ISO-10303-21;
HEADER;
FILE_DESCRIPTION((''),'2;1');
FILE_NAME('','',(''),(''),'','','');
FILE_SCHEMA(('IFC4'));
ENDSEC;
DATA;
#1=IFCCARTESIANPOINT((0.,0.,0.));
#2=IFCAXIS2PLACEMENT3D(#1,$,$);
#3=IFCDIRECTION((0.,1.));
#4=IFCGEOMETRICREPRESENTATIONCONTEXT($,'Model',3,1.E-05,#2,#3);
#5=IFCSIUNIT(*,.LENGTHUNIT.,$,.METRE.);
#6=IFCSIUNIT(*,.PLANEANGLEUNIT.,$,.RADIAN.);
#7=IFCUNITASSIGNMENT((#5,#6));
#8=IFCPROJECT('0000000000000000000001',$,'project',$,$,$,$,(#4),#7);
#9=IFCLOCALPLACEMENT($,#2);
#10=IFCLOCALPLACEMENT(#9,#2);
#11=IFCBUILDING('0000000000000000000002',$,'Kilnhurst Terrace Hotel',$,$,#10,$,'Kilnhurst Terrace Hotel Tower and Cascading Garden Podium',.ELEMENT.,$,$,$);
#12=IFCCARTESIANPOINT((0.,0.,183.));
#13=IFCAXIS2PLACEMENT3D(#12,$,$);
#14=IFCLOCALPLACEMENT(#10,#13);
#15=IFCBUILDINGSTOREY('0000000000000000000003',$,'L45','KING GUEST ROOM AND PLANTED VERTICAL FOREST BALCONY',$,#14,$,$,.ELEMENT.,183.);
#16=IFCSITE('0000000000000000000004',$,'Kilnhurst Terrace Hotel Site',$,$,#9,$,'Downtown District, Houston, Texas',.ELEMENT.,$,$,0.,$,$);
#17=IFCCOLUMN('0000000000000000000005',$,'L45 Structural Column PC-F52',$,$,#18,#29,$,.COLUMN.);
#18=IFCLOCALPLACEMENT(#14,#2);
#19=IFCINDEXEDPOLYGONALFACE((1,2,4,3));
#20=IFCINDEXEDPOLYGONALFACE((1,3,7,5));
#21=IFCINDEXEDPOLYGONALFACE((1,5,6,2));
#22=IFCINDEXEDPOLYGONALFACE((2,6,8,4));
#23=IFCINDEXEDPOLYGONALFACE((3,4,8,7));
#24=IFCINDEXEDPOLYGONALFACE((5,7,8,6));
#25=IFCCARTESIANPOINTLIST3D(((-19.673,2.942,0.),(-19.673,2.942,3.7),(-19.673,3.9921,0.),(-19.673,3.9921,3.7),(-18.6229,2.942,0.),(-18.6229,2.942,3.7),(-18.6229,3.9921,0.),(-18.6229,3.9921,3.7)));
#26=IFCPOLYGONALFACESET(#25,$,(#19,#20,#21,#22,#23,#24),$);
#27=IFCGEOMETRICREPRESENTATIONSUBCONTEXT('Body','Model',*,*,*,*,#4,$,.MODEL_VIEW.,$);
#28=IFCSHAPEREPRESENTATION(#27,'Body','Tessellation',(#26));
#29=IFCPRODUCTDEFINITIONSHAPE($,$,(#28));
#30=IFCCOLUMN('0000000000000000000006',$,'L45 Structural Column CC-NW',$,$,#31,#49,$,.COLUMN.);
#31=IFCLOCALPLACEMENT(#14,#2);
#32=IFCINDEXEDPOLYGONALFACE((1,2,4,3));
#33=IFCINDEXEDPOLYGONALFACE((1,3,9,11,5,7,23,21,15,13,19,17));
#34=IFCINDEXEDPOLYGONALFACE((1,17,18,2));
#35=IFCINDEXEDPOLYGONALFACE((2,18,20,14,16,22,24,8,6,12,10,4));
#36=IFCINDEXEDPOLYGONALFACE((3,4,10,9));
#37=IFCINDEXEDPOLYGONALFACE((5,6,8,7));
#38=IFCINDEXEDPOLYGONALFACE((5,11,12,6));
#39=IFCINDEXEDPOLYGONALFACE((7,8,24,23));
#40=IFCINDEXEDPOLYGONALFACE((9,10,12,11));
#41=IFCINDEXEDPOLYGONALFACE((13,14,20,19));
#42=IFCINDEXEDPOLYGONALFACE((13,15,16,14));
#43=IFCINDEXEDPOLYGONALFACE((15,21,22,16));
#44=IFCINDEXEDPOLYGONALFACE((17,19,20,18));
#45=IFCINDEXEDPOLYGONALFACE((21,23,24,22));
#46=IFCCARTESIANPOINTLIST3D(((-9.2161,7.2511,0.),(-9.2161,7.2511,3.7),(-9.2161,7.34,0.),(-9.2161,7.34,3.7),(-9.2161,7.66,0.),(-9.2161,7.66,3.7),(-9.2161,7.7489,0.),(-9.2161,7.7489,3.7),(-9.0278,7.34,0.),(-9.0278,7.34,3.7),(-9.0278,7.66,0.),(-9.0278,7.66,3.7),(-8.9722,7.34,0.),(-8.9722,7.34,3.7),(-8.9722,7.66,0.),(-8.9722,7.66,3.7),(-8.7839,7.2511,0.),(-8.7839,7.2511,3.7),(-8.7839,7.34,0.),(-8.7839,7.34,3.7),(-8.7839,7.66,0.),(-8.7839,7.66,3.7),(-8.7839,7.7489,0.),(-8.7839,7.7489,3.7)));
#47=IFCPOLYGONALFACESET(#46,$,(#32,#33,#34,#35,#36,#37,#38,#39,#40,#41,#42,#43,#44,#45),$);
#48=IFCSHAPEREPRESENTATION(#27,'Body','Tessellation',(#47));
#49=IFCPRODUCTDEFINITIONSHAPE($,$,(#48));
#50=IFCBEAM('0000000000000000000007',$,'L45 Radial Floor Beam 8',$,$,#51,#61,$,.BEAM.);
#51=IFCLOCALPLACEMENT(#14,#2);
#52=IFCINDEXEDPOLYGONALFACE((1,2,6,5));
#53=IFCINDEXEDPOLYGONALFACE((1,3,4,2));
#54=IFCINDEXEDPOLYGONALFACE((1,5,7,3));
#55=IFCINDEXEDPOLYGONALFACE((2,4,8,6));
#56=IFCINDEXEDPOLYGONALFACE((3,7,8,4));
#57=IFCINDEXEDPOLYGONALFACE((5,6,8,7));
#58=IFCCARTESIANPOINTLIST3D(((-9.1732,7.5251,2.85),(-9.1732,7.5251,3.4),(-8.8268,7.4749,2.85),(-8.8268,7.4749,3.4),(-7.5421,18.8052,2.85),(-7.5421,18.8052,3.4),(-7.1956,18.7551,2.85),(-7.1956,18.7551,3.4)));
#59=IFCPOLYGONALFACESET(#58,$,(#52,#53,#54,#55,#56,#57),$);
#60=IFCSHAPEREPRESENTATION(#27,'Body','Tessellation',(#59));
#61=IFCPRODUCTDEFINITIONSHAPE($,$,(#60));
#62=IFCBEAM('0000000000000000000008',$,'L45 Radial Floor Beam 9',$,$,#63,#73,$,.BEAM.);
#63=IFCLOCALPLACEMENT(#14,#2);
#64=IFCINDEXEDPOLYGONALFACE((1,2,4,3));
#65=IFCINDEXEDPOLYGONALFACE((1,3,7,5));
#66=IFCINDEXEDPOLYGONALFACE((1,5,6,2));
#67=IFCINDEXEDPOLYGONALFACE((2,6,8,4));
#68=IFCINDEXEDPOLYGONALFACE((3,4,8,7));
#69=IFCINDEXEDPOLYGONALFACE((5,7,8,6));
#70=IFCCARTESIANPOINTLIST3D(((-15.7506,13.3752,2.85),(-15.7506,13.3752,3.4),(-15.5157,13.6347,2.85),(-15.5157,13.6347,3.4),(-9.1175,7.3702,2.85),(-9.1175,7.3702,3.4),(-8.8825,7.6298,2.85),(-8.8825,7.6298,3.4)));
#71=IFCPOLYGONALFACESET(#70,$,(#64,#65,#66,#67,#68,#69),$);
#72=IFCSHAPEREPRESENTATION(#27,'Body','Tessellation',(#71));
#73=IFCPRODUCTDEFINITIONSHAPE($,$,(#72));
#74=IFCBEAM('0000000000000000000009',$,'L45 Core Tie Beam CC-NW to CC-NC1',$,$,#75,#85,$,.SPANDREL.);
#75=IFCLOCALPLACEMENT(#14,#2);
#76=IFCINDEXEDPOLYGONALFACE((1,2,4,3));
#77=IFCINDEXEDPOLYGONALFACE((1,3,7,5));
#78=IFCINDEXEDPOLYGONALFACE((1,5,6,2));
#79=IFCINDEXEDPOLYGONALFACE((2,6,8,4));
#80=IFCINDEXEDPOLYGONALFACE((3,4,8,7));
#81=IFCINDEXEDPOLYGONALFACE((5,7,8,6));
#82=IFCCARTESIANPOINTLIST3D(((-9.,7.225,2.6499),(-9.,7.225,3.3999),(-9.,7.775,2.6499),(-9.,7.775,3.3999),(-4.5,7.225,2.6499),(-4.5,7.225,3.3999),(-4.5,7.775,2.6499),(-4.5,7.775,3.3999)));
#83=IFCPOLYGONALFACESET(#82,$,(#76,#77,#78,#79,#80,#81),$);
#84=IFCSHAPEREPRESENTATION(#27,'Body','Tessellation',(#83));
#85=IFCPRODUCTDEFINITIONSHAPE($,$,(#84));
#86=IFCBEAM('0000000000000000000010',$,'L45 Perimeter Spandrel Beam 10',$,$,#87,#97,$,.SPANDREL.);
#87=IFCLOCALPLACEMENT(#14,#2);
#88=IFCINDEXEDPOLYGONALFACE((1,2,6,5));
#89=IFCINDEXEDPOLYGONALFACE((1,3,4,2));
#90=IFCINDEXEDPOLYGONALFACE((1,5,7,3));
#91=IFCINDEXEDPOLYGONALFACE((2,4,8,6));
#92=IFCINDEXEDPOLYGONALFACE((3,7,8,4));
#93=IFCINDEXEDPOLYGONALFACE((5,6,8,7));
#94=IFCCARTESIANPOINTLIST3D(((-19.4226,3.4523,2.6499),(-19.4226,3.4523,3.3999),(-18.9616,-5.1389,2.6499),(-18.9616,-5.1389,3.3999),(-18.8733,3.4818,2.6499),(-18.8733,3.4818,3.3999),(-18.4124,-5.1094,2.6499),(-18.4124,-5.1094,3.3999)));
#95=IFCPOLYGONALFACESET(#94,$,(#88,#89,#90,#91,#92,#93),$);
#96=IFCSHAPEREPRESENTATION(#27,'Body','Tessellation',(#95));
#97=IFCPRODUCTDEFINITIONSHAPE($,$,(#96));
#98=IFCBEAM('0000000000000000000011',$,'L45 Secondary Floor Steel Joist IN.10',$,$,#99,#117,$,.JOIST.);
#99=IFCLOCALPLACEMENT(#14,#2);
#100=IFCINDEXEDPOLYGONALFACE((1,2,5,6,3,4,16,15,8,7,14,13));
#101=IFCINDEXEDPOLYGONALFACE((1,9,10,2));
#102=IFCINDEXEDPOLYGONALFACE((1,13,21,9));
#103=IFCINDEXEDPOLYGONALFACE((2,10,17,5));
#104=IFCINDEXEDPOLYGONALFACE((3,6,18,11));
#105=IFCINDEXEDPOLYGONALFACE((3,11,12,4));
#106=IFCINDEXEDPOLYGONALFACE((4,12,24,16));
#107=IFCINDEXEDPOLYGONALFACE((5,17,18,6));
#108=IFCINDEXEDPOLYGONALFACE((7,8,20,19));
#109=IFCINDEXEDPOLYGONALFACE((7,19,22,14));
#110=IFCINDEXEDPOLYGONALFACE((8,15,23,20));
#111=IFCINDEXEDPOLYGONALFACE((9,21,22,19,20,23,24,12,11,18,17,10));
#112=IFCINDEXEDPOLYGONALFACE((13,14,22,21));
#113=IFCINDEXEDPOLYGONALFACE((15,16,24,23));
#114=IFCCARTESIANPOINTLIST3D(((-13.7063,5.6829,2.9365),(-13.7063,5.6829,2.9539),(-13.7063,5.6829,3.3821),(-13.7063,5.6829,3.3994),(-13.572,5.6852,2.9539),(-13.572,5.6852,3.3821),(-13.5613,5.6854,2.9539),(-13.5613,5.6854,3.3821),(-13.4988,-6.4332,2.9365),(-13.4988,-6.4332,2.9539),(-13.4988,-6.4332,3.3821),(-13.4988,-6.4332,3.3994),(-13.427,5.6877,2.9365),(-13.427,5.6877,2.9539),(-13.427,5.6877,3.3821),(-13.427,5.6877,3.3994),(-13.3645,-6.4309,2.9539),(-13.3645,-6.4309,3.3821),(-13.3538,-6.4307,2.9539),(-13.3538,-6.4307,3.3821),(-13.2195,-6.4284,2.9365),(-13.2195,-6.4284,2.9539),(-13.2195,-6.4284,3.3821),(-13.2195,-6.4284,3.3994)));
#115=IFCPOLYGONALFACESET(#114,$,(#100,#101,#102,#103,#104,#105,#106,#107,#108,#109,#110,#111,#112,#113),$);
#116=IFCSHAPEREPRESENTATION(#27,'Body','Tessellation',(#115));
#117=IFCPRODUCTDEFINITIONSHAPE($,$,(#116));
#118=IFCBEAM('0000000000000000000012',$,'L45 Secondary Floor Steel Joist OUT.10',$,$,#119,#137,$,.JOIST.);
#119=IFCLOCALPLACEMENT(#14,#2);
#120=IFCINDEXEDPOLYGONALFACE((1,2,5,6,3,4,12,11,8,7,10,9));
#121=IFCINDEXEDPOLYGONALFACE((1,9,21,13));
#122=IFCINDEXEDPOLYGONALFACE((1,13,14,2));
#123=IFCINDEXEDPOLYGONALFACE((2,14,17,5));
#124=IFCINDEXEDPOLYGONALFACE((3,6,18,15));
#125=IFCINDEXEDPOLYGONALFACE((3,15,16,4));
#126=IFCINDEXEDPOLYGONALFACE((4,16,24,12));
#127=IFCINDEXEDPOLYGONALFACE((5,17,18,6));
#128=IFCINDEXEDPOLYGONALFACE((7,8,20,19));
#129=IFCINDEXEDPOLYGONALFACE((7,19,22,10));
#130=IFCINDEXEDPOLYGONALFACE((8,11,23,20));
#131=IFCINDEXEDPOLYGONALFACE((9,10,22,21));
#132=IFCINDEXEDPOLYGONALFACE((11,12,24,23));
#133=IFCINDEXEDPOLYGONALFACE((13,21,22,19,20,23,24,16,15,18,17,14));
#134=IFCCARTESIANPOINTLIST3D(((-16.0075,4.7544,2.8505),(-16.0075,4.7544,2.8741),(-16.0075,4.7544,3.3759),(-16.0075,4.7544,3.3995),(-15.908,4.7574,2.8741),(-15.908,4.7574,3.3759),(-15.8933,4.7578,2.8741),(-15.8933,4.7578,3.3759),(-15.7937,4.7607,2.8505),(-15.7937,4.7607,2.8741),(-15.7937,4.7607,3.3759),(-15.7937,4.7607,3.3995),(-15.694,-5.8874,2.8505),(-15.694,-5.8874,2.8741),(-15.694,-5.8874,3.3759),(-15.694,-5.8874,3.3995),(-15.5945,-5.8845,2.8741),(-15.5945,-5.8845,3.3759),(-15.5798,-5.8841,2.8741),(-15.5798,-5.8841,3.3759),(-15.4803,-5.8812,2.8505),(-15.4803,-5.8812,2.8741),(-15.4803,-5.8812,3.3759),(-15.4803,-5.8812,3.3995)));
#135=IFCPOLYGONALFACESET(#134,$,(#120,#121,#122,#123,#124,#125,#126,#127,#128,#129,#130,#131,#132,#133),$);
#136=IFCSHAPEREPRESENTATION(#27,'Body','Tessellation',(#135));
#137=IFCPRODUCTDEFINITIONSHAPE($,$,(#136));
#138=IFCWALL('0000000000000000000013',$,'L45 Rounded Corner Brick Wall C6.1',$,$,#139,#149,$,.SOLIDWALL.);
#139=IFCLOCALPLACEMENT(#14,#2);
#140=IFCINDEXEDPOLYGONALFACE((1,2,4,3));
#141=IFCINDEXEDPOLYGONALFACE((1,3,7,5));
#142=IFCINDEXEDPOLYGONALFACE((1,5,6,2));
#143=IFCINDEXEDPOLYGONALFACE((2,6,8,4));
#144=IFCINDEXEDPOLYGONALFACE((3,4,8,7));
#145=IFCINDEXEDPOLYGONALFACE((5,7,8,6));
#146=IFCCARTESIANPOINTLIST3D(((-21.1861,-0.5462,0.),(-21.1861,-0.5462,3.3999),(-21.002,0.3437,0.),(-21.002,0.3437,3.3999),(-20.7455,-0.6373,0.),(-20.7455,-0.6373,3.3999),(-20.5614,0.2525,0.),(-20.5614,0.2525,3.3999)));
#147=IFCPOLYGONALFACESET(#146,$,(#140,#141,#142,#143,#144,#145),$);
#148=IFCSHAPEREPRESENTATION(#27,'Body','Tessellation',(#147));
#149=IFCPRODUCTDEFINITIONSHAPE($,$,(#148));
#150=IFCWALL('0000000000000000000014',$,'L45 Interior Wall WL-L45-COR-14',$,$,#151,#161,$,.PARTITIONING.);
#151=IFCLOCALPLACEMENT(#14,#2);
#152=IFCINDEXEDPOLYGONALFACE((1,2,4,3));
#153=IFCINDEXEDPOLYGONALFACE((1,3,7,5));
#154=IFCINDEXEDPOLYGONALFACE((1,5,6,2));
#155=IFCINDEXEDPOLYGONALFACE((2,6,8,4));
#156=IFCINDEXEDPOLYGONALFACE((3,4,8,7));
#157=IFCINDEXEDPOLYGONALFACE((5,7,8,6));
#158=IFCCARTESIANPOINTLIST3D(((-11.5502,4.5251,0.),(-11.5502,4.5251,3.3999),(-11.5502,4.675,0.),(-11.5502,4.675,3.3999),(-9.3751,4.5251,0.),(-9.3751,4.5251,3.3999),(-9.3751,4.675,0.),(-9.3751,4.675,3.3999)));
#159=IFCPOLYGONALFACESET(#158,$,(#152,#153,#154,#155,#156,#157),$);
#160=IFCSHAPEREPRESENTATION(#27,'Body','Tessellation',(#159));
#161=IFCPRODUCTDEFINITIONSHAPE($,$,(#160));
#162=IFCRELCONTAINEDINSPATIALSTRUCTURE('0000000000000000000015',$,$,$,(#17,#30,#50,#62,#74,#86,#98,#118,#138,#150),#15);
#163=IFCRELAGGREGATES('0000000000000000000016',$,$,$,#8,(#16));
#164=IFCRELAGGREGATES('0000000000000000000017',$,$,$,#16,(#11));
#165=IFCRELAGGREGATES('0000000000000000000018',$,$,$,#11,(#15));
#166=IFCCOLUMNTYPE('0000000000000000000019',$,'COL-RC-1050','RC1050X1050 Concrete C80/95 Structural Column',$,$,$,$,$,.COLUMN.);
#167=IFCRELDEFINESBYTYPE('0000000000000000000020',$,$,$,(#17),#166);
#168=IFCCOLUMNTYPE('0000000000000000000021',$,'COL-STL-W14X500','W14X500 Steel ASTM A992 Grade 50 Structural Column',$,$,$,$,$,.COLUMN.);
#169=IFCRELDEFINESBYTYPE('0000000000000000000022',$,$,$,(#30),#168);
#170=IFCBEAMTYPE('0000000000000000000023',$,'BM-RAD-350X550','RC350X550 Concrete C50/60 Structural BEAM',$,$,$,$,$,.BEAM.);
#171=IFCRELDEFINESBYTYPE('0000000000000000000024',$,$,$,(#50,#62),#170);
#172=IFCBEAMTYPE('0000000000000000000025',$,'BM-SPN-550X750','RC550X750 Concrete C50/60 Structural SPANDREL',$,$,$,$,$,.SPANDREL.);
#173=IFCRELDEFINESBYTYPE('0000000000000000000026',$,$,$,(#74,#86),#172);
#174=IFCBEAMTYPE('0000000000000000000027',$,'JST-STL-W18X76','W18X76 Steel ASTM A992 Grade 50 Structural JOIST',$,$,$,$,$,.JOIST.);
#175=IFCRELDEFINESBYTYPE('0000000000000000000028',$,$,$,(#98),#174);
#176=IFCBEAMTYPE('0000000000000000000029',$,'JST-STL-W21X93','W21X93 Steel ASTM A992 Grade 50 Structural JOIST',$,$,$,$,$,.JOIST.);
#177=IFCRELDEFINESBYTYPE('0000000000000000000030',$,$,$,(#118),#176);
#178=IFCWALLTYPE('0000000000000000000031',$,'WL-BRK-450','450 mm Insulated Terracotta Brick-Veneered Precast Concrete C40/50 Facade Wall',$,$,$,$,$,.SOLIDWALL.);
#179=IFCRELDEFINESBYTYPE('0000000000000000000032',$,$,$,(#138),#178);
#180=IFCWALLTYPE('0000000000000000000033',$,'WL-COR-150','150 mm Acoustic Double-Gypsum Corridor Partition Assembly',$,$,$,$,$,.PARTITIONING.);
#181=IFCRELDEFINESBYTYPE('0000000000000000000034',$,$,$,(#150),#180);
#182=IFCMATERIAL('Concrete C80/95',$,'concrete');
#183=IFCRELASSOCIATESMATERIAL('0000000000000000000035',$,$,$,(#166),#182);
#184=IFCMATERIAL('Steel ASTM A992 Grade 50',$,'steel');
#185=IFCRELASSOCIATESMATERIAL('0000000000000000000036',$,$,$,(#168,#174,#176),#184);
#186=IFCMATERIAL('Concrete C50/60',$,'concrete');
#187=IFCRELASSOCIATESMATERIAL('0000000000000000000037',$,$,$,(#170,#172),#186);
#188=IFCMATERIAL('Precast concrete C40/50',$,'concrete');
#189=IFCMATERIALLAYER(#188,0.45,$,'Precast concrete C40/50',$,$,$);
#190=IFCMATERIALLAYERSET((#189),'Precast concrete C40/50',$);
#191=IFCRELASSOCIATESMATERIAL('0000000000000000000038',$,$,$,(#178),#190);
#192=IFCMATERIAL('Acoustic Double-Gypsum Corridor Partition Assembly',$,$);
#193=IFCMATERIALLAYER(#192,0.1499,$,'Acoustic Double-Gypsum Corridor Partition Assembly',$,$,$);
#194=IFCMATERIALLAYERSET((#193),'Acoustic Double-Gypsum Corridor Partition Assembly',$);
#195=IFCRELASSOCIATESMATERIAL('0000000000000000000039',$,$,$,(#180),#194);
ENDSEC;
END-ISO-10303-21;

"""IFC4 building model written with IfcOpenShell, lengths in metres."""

from ifc_helpers import new_model, si_unit, direction, frame, frame_2d, origin, origin_2d, place, context, subcontext, project, spatial, rectangle, i_section, extrude, material, layer, layer_set, material_profile, profile_set, type_object, element, save


model = new_model("IFC4")

# Units and contexts
model_context = context("Model", 3, precision=1e-05, world=origin(), true_north=direction((0.0, 1.0)))
body_context = subcontext(model_context, "Body", "Model", "MODEL_VIEW")
ifc_project = project(units=[si_unit("LENGTHUNIT", "METRE"), si_unit("PLANEANGLEUNIT", "RADIAN")], contexts=[model_context])

# Site, building, storey
site_placement = place(None, origin())
site = spatial("IfcSite", under=ifc_project, at=site_placement, Name="Kilnhurst Terrace Hotel Site", LongName="Downtown District, Houston, Texas", CompositionType="ELEMENT", RefElevation=0.0)
building_placement = place(site_placement, origin())
building = spatial("IfcBuilding", under=site, at=building_placement, Name="Kilnhurst Terrace Hotel", LongName="Kilnhurst Terrace Hotel Tower and Cascading Garden Podium", CompositionType="ELEMENT")
storey_placement = place(building_placement, frame((0.0, 0.0, 183.0)))
storey = spatial("IfcBuildingStorey", under=building, at=storey_placement, Name="L45", Description="KING GUEST ROOM AND PLANTED VERTICAL FOREST BALCONY", CompositionType="ELEMENT", Elevation=183.0)

# Columns
ifc_material_1 = material(Name="Concrete C80/95", Category="concrete")
ifc_material_profile_1 = material_profile(ifc_material_1, rectangle(XDim=1.05, YDim=1.05, at=origin_2d()), Name="RC1050X1050")
ifc_profile_set_1 = profile_set([ifc_material_profile_1], Name="Concrete C80/95")
column_type_1 = type_object("IfcColumnType", Name="COL-RC-1050", Description="RC1050X1050 Concrete C80/95 Structural Column", PredefinedType="COLUMN", material=ifc_profile_set_1)
column_1_placement = place(storey_placement, frame((-19.1479, 3.467, 0.0), z_axis=(0.0, 0.0, 1.0), x_axis=(1.0, 0.0, 0.0)))
element("IfcColumn", 1, at=column_1_placement, inside=storey, type_object=column_type_1, Name="L45 Structural Column PC-F52", PredefinedType="COLUMN", context=body_context, shape_type="SweptSolid", body=[
    extrude(rectangle(XDim=1.05, YDim=1.05, at=origin_2d()), origin(), (0.0, 0.0, 1.0), 3.7),
])
ifc_material_2 = material(Name="Steel ASTM A992 Grade 50", Category="steel")
ifc_material_profile_2 = material_profile(ifc_material_2, i_section(OverallWidth=0.4321, OverallDepth=0.4978, WebThickness=0.0557, FlangeThickness=0.0889, at=origin_2d()), Name="W14X500")
ifc_profile_set_2 = profile_set([ifc_material_profile_2], Name="Steel ASTM A992 Grade 50")
column_type_2 = type_object("IfcColumnType", Name="COL-STL-W14X500", Description="W14X500 Steel ASTM A992 Grade 50 Structural Column", PredefinedType="COLUMN", material=ifc_profile_set_2)
column_2_placement = place(storey_placement, frame((-9.0, 7.5, 0.0), z_axis=(0.0, 0.0, 1.0), x_axis=(1.0, 0.0, 0.0)))
element("IfcColumn", 2, at=column_2_placement, inside=storey, type_object=column_type_2, Name="L45 Structural Column CC-NW", PredefinedType="COLUMN", context=body_context, shape_type="SweptSolid", body=[
    extrude(i_section(OverallWidth=0.4321, OverallDepth=0.4978, WebThickness=0.0557, FlangeThickness=0.0889, at=origin_2d()), origin(), (0.0, 0.0, 1.0), 3.7),
])

# Beams
ifc_material_3 = material(Name="Concrete C50/60", Category="concrete")
ifc_material_profile_3 = material_profile(ifc_material_3, rectangle(XDim=0.3501, YDim=0.55, at=origin_2d()), Name="RC350X550")
ifc_profile_set_3 = profile_set([ifc_material_profile_3], Name="Concrete C50/60")
beam_type_1 = type_object("IfcBeamType", Name="BM-RAD-350X550", Description="RC350X550 Concrete C50/60 Structural BEAM", PredefinedType="BEAM", material=ifc_profile_set_3)
beam_1_placement = place(storey_placement, frame((-9.0, 7.5, 3.125), z_axis=(0.143113, 0.989706, 0.0), x_axis=(-0.989706, 0.143113, 0.0)))
element("IfcBeam", 3, at=beam_1_placement, inside=storey, type_object=beam_type_1, Name="L45 Radial Floor Beam 8", PredefinedType="BEAM", context=body_context, shape_type="SweptSolid", body=[
    extrude(rectangle(XDim=0.3501, YDim=0.55, at=origin_2d()), origin(), (0.0, 0.0, 1.0), 11.3975),
])
beam_2_placement = place(storey_placement, frame((-9.0, 7.5, 3.125), z_axis=(-0.741339, 0.671131, 0.0), x_axis=(-0.671131, -0.741339, 0.0)))
element("IfcBeam", 4, at=beam_2_placement, inside=storey, type_object=beam_type_1, Name="L45 Radial Floor Beam 9", PredefinedType="BEAM", context=body_context, shape_type="SweptSolid", body=[
    extrude(rectangle(XDim=0.3501, YDim=0.55, at=origin_2d()), origin(), (0.0, 0.0, 1.0), 8.9475),
])
ifc_material_profile_4 = material_profile(ifc_material_3, rectangle(XDim=0.55, YDim=0.75, at=origin_2d()), Name="RC550X750")
ifc_profile_set_4 = profile_set([ifc_material_profile_4], Name="Concrete C50/60")
beam_type_2 = type_object("IfcBeamType", Name="BM-SPN-550X750", Description="RC550X750 Concrete C50/60 Structural SPANDREL", PredefinedType="SPANDREL", material=ifc_profile_set_4)
beam_3_placement = place(storey_placement, frame((-9.0, 7.5, 3.0249), z_axis=(1.0, 0.0, 0.0), x_axis=(0.0, 1.0, 0.0)))
element("IfcBeam", 5, at=beam_3_placement, inside=storey, type_object=beam_type_2, Name="L45 Core Tie Beam CC-NW to CC-NC1", PredefinedType="SPANDREL", context=body_context, shape_type="SweptSolid", body=[
    extrude(rectangle(XDim=0.55, YDim=0.75, at=origin_2d()), origin(), (0.0, 0.0, 1.0), 4.5),
])
beam_4_placement = place(storey_placement, frame((-19.1479, 3.467, 3.0249), z_axis=(0.053576, -0.998564, 0.0), x_axis=(0.998564, 0.053576, 0.0)))
element("IfcBeam", 6, at=beam_4_placement, inside=storey, type_object=beam_type_2, Name="L45 Perimeter Spandrel Beam 10", PredefinedType="SPANDREL", context=body_context, shape_type="SweptSolid", body=[
    extrude(rectangle(XDim=0.55, YDim=0.75, at=origin_2d()), origin(), (0.0, 0.0, 1.0), 8.6035),
])
ifc_material_profile_5 = material_profile(ifc_material_2, i_section(OverallWidth=0.2793, OverallDepth=0.4629, WebThickness=0.0107, FlangeThickness=0.0173, at=origin_2d()), Name="W18X76")
ifc_profile_set_5 = profile_set([ifc_material_profile_5], Name="Steel ASTM A992 Grade 50")
beam_type_3 = type_object("IfcBeamType", Name="JST-STL-W18X76", Description="W18X76 Steel ASTM A992 Grade 50 Structural JOIST", PredefinedType="JOIST", material=ifc_profile_set_5)
beam_5_placement = place(storey_placement, frame((-13.5667, 5.6853, 3.168), z_axis=(0.017125, -0.999853, 0.0), x_axis=(0.999853, 0.017125, 0.0)))
element("IfcBeam", 7, at=beam_5_placement, inside=storey, type_object=beam_type_3, Name="L45 Secondary Floor Steel Joist IN.10", PredefinedType="JOIST", context=body_context, shape_type="SweptSolid", body=[
    extrude(i_section(OverallWidth=0.2793, OverallDepth=0.4629, WebThickness=0.0107, FlangeThickness=0.0173, at=origin_2d()), origin(), (0.0, 0.0, 1.0), 12.1179),
])
ifc_material_profile_6 = material_profile(ifc_material_2, i_section(OverallWidth=0.2139, OverallDepth=0.5491, WebThickness=0.0146, FlangeThickness=0.0237, at=origin_2d()), Name="W21X93")
ifc_profile_set_6 = profile_set([ifc_material_profile_6], Name="Steel ASTM A992 Grade 50")
beam_type_4 = type_object("IfcBeamType", Name="JST-STL-W21X93", Description="W21X93 Steel ASTM A992 Grade 50 Structural JOIST", PredefinedType="JOIST", material=ifc_profile_set_6)
beam_6_placement = place(storey_placement, frame((-15.9006, 4.7576, 3.125), z_axis=(0.029444, -0.999566, 0.0), x_axis=(0.999566, 0.029444, 0.0)))
element("IfcBeam", 8, at=beam_6_placement, inside=storey, type_object=beam_type_4, Name="L45 Secondary Floor Steel Joist OUT.10", PredefinedType="JOIST", context=body_context, shape_type="SweptSolid", body=[
    extrude(i_section(OverallWidth=0.2139, OverallDepth=0.5491, WebThickness=0.0146, FlangeThickness=0.0237, at=origin_2d()), origin(), (0.0, 0.0, 1.0), 10.6465),
])

# Walls
ifc_material_4 = material(Name="Precast concrete C40/50", Category="concrete")
ifc_layer_1 = layer(ifc_material_4, 0.45, Name="Precast concrete C40/50")
ifc_layer_set_1 = layer_set([ifc_layer_1], Name="Precast concrete C40/50")
wall_type_1 = type_object("IfcWallType", Name="WL-BRK-450", Description="450 mm Insulated Terracotta Brick-Veneered Precast Concrete C40/50 Facade Wall", PredefinedType="SOLIDWALL", material=ifc_layer_set_1)
wall_1_placement = place(storey_placement, frame((-20.7817, 0.2981, 0.0), z_axis=(0.0, 0.0, 1.0), x_axis=(-0.20257, -0.979268, 0.0)))
element("IfcWall", 9, at=wall_1_placement, inside=storey, type_object=wall_type_1, Name="L45 Rounded Corner Brick Wall C6.1", PredefinedType="SOLIDWALL", context=body_context, shape_type="SweptSolid", body=[
    extrude(rectangle(XDim=0.9087, YDim=0.45, at=frame_2d((0.4543, 0.0))), origin(), (0.0, 0.0, 1.0), 3.3999),
])
ifc_material_5 = material(Name="Acoustic Double-Gypsum Corridor Partition Assembly")
ifc_layer_2 = layer(ifc_material_5, 0.1499, Name="Acoustic Double-Gypsum Corridor Partition Assembly")
ifc_layer_set_2 = layer_set([ifc_layer_2], Name="Acoustic Double-Gypsum Corridor Partition Assembly")
wall_type_2 = type_object("IfcWallType", Name="WL-COR-150", Description="150 mm Acoustic Double-Gypsum Corridor Partition Assembly", PredefinedType="PARTITIONING", material=ifc_layer_set_2)
wall_2_placement = place(storey_placement, frame((-11.55, 4.6001, 0.0), z_axis=(0.0, 0.0, 1.0), x_axis=(1.0, 0.0, 0.0)))
element("IfcWall", 10, at=wall_2_placement, inside=storey, type_object=wall_type_2, Name="L45 Interior Wall WL-L45-COR-14", PredefinedType="PARTITIONING", context=body_context, shape_type="SweptSolid", body=[
    extrude(rectangle(XDim=2.175, YDim=0.1499, at=frame_2d((1.0874, 0.0))), origin(), (0.0, 0.0, 1.0), 3.3999),
])

save(model, "model.ifc")
